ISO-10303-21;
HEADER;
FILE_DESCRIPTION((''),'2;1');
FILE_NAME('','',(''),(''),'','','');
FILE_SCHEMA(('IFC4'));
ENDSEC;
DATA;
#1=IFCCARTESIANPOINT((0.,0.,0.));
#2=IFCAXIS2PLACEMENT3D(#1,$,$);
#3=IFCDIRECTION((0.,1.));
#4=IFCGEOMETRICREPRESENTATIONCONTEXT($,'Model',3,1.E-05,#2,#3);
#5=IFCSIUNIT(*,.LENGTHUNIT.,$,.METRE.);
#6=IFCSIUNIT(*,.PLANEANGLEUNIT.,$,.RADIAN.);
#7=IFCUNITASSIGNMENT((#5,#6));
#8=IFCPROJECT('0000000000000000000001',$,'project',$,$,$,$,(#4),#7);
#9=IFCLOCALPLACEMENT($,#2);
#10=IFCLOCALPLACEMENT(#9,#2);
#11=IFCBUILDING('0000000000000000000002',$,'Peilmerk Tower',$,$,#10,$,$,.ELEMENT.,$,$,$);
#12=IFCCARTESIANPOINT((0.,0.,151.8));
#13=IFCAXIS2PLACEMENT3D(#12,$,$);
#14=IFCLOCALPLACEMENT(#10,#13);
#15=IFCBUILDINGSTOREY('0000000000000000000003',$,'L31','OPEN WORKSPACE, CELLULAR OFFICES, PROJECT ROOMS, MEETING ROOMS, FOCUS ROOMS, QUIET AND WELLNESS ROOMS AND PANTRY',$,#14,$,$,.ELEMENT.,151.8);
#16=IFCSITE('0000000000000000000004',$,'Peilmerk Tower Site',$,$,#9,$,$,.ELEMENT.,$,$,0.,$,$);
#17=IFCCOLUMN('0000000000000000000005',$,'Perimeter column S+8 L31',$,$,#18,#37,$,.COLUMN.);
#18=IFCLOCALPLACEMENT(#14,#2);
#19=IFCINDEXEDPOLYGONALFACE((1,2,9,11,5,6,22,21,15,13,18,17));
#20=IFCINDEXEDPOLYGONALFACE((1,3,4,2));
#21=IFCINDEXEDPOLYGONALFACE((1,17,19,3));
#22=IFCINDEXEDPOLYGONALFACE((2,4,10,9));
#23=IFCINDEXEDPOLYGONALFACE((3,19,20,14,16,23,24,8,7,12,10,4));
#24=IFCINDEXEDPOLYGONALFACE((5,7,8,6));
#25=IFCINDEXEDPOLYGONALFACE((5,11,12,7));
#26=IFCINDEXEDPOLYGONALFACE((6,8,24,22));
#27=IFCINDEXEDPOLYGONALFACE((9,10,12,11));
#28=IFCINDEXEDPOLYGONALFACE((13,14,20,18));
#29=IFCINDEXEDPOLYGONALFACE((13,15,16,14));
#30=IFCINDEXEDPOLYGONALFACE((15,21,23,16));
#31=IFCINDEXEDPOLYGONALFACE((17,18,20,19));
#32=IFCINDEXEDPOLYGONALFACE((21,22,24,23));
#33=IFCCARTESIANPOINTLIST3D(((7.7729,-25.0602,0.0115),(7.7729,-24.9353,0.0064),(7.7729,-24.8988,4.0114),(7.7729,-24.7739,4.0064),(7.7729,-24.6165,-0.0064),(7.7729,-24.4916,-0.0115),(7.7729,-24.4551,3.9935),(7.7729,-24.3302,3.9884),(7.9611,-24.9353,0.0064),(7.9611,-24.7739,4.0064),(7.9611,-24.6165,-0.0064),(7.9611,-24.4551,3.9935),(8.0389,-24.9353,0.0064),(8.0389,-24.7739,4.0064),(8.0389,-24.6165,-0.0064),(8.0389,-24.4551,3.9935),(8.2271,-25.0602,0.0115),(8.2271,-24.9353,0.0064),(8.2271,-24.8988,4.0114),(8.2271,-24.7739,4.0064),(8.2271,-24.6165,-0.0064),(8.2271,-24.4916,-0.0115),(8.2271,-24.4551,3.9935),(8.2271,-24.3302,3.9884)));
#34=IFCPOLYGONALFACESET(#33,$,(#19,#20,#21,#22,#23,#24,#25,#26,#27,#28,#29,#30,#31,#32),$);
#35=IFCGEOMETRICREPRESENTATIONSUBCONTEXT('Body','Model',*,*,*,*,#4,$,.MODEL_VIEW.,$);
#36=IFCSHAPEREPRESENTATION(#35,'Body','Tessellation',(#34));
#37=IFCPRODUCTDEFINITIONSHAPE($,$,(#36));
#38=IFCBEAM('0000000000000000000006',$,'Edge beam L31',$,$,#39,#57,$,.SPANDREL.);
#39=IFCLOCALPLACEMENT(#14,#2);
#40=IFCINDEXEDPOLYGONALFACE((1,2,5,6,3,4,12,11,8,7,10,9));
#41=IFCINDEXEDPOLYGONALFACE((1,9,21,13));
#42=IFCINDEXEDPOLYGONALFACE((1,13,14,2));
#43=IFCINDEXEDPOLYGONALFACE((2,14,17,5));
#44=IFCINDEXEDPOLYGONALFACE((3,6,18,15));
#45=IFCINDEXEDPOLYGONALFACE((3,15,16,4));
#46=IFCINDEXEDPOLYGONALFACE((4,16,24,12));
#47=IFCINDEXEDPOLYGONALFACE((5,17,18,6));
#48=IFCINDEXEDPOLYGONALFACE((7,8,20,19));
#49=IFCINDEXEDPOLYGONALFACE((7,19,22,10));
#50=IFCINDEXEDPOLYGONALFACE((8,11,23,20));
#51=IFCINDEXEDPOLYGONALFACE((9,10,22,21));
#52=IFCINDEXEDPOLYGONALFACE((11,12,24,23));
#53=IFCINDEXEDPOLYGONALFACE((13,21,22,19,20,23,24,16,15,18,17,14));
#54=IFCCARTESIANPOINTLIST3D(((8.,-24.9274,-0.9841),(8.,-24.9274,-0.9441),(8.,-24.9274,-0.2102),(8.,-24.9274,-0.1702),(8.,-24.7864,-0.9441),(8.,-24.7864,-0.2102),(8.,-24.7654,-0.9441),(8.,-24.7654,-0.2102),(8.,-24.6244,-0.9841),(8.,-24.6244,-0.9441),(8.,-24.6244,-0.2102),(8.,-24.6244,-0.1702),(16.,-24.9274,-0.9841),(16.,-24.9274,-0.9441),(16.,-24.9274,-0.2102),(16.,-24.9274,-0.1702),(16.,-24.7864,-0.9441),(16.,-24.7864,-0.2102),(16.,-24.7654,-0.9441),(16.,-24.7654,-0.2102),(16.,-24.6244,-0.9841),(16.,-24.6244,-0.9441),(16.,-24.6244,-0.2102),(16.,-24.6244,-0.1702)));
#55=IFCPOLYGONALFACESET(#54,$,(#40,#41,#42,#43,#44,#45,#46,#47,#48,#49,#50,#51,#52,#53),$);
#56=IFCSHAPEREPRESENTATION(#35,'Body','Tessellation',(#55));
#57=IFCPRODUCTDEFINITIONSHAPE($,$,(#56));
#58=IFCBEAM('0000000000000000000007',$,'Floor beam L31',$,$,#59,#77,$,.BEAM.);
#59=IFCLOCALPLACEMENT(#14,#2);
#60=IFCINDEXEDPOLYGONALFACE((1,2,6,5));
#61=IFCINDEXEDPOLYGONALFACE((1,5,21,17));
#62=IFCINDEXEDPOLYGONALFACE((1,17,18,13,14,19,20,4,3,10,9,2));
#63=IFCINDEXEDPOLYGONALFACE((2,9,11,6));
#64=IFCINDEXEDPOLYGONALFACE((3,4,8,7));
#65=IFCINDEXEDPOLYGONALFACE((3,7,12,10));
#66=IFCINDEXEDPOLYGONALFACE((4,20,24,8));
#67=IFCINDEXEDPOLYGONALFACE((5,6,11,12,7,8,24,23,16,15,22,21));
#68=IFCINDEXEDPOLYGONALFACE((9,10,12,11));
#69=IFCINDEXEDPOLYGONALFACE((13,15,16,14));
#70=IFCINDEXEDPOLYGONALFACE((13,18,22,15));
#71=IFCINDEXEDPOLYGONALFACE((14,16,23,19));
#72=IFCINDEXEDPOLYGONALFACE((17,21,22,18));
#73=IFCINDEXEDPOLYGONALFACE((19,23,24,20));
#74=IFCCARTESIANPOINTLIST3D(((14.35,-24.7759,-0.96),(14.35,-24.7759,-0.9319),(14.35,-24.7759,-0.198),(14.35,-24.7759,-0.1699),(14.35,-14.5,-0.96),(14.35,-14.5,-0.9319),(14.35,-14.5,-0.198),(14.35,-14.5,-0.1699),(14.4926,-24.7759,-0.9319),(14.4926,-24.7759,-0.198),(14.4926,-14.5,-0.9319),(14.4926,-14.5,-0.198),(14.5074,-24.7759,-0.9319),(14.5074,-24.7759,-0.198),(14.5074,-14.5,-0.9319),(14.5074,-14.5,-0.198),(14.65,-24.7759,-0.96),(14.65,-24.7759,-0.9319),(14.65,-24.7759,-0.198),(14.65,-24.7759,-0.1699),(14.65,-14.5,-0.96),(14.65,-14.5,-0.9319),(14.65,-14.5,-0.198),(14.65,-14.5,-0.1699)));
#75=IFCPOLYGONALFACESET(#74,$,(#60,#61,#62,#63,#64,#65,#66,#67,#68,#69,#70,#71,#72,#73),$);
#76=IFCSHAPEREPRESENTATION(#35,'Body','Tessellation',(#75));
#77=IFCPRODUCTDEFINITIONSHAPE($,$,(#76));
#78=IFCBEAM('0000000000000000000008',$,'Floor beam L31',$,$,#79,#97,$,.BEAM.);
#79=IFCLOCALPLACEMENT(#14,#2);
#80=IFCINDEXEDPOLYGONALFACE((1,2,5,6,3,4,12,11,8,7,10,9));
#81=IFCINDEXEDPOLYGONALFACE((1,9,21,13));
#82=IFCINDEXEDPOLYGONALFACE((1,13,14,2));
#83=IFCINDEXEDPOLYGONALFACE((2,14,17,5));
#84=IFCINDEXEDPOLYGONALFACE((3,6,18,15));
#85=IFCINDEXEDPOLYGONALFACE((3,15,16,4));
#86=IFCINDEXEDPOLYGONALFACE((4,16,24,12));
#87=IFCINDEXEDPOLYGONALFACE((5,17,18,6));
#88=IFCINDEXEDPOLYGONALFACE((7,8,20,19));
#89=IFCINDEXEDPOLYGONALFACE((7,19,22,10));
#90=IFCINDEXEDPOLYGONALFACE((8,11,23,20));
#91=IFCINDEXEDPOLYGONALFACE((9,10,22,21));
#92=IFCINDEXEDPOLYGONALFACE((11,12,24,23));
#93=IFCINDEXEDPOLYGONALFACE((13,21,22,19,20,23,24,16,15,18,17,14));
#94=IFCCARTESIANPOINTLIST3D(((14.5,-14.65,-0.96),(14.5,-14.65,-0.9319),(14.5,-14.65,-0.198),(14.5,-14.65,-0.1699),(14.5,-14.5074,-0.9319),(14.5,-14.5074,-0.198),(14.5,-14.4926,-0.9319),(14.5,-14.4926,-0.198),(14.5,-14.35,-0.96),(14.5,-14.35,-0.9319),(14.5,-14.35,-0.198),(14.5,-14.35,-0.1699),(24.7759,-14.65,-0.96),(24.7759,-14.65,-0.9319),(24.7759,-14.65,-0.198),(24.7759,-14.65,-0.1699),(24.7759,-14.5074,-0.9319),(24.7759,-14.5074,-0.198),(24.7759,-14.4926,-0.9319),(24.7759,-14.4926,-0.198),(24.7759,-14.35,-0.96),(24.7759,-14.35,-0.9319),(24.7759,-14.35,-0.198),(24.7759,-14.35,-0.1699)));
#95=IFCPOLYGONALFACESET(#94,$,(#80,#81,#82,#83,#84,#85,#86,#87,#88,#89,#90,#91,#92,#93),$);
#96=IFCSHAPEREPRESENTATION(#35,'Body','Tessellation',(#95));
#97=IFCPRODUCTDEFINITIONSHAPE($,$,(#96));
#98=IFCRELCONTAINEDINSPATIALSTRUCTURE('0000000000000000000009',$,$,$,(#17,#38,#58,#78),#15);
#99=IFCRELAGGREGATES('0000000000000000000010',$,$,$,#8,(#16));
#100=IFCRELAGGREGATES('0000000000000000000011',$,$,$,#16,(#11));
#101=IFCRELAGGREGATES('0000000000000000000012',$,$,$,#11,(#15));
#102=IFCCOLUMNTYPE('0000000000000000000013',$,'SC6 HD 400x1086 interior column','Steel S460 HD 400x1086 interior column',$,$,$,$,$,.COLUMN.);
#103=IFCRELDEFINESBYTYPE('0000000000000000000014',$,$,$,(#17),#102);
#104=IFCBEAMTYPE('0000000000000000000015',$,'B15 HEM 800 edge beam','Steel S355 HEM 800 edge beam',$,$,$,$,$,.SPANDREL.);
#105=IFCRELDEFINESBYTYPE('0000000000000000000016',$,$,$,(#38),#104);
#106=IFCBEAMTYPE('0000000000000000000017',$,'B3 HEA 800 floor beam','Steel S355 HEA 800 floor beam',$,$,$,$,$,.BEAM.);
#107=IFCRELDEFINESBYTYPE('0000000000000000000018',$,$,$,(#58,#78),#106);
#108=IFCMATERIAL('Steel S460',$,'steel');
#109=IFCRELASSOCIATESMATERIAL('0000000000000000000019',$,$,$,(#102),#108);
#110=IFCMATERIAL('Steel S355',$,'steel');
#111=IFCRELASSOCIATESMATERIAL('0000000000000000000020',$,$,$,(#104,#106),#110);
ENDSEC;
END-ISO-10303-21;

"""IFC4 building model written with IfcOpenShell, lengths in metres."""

from ifc_helpers import new_model, si_unit, direction, frame, origin, origin_2d, place, context, subcontext, project, spatial, i_section, extrude, material, material_profile, profile_set, type_object, element, save


model = new_model("IFC4")

# Units and contexts
model_context = context("Model", 3, precision=1e-05, world=origin(), true_north=direction((0.0, 1.0)))
body_context = subcontext(model_context, "Body", "Model", "MODEL_VIEW")
ifc_project = project(units=[si_unit("LENGTHUNIT", "METRE"), si_unit("PLANEANGLEUNIT", "RADIAN")], contexts=[model_context])

# Site, building, storey
site_placement = place(None, origin())
site = spatial("IfcSite", under=ifc_project, at=site_placement, Name="Peilmerk Tower Site", CompositionType="ELEMENT", RefElevation=0.0)
building_placement = place(site_placement, origin())
building = spatial("IfcBuilding", under=site, at=building_placement, Name="Peilmerk Tower", CompositionType="ELEMENT")
storey_placement = place(building_placement, frame((0.0, 0.0, 151.8)))
storey = spatial("IfcBuildingStorey", under=building, at=storey_placement, Name="L31", Description="OPEN WORKSPACE, CELLULAR OFFICES, PROJECT ROOMS, MEETING ROOMS, FOCUS ROOMS, QUIET AND WELLNESS ROOMS AND PANTRY", CompositionType="ELEMENT", Elevation=151.8)

# Column
ifc_material_1 = material(Name="Steel S460", Category="steel")
ifc_material_profile_1 = material_profile(ifc_material_1, i_section(OverallWidth=0.4541, OverallDepth=0.5691, WebThickness=0.0779, FlangeThickness=0.125, at=origin_2d()), Name="HD 400x1086")
ifc_profile_set_1 = profile_set([ifc_material_profile_1], Name="Steel S460")
column_type = type_object("IfcColumnType", Name="SC6 HD 400x1086 interior column", Description="Steel S460 HD 400x1086 interior column", PredefinedType="COLUMN", material=ifc_profile_set_1)
column_placement = place(storey_placement, frame((8.0, -24.7759, 0.0), z_axis=(0.0, 0.040311, 0.999187), x_axis=(-1.0, 0.0, 0.0)))
element("IfcColumn", 1, at=column_placement, inside=storey, type_object=column_type, Name="Perimeter column S+8 L31", PredefinedType="COLUMN", context=body_context, shape_type="SweptSolid", body=[
    extrude(i_section(OverallWidth=0.4541, OverallDepth=0.5691, WebThickness=0.0779, FlangeThickness=0.125, at=origin_2d()), origin(), (0.0, 0.0, 1.0), 4.0032),
])

# Beams
ifc_material_2 = material(Name="Steel S355", Category="steel")
ifc_material_profile_2 = material_profile(ifc_material_2, i_section(OverallWidth=0.303, OverallDepth=0.814, WebThickness=0.021, FlangeThickness=0.04, at=origin_2d()), Name="HEM 800")
ifc_profile_set_2 = profile_set([ifc_material_profile_2], Name="Steel S355")
beam_type_1 = type_object("IfcBeamType", Name="B15 HEM 800 edge beam", Description="Steel S355 HEM 800 edge beam", PredefinedType="SPANDREL", material=ifc_profile_set_2)
beam_placement = place(storey_placement, frame((8.0, -24.7759, -0.5771), z_axis=(1.0, 0.0, 0.0), x_axis=(0.0, 1.0, 0.0)))
element("IfcBeam", 2, at=beam_placement, inside=storey, type_object=beam_type_1, Name="Edge beam L31", PredefinedType="SPANDREL", context=body_context, shape_type="SweptSolid", body=[
    extrude(i_section(OverallWidth=0.303, OverallDepth=0.814, WebThickness=0.021, FlangeThickness=0.04, at=origin_2d()), origin(), (0.0, 0.0, 1.0), 8.0),
])
ifc_material_profile_3 = material_profile(ifc_material_2, i_section(OverallWidth=0.3, OverallDepth=0.79, WebThickness=0.0149, FlangeThickness=0.0281, at=origin_2d()), Name="HEA 800")
ifc_profile_set_3 = profile_set([ifc_material_profile_3], Name="Steel S355")
beam_type_2 = type_object("IfcBeamType", Name="B3 HEA 800 floor beam", Description="Steel S355 HEA 800 floor beam", PredefinedType="BEAM", material=ifc_profile_set_3)
for number, where, z_axis, x_axis, name in (
    (3, (14.5, -14.5, -0.5649), (0.0, -1.0, 0.0), (1.0, 0.0, 0.0), "Floor beam L31"),
    (4, (14.5, -14.5, -0.5649), (1.0, 0.0, 0.0), (0.0, 1.0, 0.0), "Floor beam L31"),
):
    element("IfcBeam", number, at=place(storey_placement, frame(where, z_axis=z_axis, x_axis=x_axis)), inside=storey, type_object=beam_type_2, Name=name, PredefinedType="BEAM", context=body_context, shape_type="SweptSolid", body=[
        extrude(i_section(OverallWidth=0.3, OverallDepth=0.79, WebThickness=0.0149, FlangeThickness=0.0281, at=origin_2d()), origin(), (0.0, 0.0, 1.0), 10.2759),
    ])

save(model, "model.ifc")
